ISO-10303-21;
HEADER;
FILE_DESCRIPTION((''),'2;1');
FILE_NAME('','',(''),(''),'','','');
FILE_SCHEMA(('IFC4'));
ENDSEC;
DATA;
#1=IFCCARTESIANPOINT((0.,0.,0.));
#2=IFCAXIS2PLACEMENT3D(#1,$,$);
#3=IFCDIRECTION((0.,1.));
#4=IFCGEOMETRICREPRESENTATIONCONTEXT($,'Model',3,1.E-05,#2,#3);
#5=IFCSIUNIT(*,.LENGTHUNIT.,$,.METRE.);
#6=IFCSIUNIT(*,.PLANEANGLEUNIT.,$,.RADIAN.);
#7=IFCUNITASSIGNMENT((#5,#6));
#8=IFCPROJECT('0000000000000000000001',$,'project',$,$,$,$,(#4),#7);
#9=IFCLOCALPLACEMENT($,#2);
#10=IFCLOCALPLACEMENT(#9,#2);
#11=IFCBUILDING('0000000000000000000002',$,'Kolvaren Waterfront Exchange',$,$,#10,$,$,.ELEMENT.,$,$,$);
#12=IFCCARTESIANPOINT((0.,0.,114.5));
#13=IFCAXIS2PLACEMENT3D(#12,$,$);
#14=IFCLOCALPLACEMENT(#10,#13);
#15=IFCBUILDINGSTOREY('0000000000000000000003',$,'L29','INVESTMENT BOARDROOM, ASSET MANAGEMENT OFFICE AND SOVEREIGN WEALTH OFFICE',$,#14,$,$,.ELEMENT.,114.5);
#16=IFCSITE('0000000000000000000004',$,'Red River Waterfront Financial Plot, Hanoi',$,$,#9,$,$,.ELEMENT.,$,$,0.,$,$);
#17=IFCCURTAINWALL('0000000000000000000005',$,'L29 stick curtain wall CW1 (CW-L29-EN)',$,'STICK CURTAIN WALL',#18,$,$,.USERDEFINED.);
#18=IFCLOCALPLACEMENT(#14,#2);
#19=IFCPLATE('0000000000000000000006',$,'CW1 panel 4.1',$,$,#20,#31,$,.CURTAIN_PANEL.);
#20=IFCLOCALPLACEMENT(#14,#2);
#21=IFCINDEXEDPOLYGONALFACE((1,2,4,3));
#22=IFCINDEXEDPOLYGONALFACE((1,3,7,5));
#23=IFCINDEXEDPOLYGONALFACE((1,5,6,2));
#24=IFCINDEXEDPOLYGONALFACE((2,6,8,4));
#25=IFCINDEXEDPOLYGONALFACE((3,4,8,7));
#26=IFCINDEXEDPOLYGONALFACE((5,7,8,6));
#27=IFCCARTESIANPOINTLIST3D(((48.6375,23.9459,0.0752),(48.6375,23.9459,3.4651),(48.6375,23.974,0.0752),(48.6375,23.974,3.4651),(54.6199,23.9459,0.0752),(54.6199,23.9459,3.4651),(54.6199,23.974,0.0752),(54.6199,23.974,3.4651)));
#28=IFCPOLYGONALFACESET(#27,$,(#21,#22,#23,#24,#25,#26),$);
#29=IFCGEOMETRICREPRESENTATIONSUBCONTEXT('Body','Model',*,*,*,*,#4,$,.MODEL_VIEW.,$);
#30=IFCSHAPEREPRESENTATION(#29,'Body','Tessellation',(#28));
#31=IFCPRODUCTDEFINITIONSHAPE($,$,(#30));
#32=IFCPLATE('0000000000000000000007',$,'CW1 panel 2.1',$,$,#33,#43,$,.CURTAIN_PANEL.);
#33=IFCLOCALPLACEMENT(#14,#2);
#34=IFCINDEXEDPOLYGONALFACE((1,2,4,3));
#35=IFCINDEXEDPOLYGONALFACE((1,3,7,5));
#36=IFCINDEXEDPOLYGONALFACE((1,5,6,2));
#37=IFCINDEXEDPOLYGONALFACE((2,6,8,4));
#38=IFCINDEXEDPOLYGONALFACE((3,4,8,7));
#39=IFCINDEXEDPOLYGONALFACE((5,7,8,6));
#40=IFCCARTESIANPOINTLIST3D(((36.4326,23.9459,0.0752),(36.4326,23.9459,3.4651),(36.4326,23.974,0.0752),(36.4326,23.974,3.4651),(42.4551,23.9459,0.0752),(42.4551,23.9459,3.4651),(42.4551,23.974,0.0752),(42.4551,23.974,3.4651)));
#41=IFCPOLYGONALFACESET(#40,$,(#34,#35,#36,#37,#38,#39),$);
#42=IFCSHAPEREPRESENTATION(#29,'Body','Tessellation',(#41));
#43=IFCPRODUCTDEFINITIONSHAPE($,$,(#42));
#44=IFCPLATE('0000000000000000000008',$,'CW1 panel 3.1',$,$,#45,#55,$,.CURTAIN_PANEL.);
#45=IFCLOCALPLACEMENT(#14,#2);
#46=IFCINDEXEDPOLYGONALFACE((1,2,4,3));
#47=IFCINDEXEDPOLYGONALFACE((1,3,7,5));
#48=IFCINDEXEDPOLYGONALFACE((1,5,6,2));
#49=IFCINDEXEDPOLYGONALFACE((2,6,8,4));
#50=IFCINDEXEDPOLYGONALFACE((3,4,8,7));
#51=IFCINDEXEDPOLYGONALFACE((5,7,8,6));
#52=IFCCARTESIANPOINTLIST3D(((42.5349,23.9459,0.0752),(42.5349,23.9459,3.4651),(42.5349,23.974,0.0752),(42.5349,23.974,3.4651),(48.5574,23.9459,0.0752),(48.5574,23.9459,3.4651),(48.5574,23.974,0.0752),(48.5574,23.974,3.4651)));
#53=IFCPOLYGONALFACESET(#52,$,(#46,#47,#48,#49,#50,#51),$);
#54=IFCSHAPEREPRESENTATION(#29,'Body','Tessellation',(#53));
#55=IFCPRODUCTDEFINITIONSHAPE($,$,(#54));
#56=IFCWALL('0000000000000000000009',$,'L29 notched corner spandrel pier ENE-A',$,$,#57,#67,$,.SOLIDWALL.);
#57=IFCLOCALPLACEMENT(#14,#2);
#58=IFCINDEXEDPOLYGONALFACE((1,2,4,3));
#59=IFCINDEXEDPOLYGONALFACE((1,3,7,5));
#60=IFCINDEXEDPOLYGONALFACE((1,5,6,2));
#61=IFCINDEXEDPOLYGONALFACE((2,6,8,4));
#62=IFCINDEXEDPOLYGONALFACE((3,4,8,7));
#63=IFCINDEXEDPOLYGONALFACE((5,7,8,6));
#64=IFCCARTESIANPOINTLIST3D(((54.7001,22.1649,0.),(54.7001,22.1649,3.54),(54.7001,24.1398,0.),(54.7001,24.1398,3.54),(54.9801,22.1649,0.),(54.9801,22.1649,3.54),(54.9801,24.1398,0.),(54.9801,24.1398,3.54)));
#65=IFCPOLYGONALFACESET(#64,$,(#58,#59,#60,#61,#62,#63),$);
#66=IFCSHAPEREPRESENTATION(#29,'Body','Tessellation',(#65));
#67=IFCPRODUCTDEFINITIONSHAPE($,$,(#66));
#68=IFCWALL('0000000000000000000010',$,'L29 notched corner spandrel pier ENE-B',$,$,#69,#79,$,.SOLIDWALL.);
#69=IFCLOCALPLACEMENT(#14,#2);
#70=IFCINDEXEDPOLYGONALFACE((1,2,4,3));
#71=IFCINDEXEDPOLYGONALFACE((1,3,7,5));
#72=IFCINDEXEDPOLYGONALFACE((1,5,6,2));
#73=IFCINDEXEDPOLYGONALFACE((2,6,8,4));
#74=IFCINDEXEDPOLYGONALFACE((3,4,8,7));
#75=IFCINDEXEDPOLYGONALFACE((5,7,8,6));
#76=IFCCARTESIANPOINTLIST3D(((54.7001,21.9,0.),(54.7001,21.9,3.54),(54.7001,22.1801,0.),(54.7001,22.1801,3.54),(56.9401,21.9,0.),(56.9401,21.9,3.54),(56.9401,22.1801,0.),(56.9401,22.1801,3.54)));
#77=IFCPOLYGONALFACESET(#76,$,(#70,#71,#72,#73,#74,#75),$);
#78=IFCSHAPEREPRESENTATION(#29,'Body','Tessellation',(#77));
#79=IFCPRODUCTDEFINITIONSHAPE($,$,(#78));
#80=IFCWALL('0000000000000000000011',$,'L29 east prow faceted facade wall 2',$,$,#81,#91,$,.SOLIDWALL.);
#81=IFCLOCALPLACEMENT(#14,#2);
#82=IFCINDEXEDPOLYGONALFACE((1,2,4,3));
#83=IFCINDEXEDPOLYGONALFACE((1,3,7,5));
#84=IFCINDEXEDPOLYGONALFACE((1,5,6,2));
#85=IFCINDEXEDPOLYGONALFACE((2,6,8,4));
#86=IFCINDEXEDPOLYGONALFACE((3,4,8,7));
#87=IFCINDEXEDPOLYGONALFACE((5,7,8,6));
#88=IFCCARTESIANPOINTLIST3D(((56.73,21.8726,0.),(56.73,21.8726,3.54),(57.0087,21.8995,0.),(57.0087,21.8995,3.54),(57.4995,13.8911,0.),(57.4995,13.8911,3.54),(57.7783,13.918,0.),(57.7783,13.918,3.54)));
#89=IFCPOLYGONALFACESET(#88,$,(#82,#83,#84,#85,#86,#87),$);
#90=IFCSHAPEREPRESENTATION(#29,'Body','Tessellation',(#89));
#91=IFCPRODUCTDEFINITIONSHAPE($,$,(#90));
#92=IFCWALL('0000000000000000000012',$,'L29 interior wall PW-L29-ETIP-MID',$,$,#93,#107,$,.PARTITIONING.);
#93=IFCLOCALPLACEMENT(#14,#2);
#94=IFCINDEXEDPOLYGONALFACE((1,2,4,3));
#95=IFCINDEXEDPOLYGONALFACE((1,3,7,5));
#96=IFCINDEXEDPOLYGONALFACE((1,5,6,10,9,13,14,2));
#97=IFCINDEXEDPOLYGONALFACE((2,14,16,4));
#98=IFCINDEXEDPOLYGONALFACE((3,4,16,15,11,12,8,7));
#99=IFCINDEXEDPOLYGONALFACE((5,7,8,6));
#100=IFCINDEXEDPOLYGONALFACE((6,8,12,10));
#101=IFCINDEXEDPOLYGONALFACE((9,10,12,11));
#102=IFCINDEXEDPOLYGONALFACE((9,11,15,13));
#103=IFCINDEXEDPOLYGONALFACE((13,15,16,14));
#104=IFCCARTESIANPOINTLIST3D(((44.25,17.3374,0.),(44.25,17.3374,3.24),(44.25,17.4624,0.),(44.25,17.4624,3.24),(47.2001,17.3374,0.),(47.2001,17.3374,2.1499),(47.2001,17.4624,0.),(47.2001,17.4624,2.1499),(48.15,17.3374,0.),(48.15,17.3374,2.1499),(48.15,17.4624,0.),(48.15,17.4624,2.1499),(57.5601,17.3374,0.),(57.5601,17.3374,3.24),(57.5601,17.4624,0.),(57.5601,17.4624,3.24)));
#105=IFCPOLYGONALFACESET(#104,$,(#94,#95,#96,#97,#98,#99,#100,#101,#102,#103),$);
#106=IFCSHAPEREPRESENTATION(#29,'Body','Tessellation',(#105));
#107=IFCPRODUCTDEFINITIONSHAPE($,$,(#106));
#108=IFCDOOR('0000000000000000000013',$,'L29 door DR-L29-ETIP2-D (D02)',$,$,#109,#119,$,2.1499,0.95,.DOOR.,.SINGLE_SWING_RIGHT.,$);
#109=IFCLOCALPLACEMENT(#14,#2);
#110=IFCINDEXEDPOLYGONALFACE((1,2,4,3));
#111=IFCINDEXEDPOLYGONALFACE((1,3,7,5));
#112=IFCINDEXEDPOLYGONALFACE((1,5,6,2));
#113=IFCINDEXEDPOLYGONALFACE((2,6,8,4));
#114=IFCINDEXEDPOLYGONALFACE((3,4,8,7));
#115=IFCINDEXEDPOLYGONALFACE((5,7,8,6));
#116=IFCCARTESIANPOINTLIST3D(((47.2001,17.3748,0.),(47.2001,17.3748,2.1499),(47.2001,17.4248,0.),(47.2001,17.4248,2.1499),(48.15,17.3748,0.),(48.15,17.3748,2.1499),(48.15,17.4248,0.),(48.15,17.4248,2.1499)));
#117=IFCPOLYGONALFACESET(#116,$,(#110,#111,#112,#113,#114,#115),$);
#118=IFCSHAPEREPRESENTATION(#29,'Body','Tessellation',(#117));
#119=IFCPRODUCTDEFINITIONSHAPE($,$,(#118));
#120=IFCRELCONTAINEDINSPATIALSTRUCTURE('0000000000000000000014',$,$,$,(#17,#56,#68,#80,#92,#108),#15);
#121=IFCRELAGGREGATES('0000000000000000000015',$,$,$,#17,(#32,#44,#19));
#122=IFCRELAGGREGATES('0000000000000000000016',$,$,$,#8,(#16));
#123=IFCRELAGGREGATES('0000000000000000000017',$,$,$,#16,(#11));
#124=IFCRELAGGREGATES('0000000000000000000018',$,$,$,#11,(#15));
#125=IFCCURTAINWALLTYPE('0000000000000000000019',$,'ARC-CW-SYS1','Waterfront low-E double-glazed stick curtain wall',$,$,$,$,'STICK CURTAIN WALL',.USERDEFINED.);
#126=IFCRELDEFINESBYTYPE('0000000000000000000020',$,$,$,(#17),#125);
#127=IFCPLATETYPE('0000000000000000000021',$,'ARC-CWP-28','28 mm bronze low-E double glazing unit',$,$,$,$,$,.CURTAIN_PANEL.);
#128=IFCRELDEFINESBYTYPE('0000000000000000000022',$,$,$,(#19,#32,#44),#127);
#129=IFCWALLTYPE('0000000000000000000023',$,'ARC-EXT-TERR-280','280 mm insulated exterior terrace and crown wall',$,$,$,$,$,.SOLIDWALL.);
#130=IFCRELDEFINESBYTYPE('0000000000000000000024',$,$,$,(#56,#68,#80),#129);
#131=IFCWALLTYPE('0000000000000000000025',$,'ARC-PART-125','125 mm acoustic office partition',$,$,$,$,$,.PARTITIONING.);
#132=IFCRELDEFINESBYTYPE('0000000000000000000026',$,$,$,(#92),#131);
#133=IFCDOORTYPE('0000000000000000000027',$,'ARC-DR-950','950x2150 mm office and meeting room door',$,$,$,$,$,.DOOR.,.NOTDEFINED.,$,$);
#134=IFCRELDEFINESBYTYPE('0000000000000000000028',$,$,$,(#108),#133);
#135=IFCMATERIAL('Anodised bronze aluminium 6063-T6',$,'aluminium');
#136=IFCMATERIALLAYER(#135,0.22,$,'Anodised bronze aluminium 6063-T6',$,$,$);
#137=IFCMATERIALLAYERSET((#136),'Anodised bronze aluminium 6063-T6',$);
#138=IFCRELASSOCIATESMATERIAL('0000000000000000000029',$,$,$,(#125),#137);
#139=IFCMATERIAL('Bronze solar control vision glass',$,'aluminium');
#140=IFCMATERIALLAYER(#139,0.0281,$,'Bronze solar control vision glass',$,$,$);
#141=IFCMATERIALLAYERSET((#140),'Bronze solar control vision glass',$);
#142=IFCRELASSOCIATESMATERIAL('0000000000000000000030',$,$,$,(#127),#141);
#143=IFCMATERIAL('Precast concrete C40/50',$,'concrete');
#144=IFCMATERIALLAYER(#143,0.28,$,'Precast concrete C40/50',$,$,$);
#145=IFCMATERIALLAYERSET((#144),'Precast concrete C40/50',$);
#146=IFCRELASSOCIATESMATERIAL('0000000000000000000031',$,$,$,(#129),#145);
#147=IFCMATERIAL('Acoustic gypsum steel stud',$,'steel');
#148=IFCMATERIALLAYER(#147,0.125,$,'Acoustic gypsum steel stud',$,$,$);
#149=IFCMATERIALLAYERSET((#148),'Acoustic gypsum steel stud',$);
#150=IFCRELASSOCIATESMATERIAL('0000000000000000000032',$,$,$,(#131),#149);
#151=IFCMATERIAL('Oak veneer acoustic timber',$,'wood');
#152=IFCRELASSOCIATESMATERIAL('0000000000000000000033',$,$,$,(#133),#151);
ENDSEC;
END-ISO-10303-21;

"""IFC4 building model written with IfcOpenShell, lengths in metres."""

from ifc_helpers import new_model, si_unit, direction, frame, frame_2d, origin, origin_with_axes, origin_2d, place, context, subcontext, project, spatial, rectangle, extrude, source, transform, mapped, material, layer, layer_set, type_object, element, fill, aggregate, save


model = new_model("IFC4")

# Units and contexts
model_context = context("Model", 3, precision=1e-05, world=origin(), true_north=direction((0.0, 1.0)))
body_context = subcontext(model_context, "Body", "Model", "MODEL_VIEW")
ifc_project = project(units=[si_unit("LENGTHUNIT", "METRE"), si_unit("PLANEANGLEUNIT", "RADIAN")], contexts=[model_context])

# Site, building, storey
site_placement = place(None, origin())
site = spatial("IfcSite", under=ifc_project, at=site_placement, Name="Red River Waterfront Financial Plot, Hanoi", CompositionType="ELEMENT", RefElevation=0.0)
building_placement = place(site_placement, origin())
building = spatial("IfcBuilding", under=site, at=building_placement, Name="Kolvaren Waterfront Exchange", CompositionType="ELEMENT")
storey_placement = place(building_placement, frame((0.0, 0.0, 114.5)))
storey = spatial("IfcBuildingStorey", under=building, at=storey_placement, Name="L29", Description="INVESTMENT BOARDROOM, ASSET MANAGEMENT OFFICE AND SOVEREIGN WEALTH OFFICE", CompositionType="ELEMENT", Elevation=114.5)

# Curtain wall, plates
ifc_material_1 = material(Name="Anodised bronze aluminium 6063-T6", Category="aluminium")
ifc_layer_1 = layer(ifc_material_1, 0.22, Name="Anodised bronze aluminium 6063-T6")
ifc_layer_set_1 = layer_set([ifc_layer_1], Name="Anodised bronze aluminium 6063-T6")
curtain_wall_type = type_object("IfcCurtainWallType", Name="ARC-CW-SYS1", Description="Waterfront low-E double-glazed stick curtain wall", ElementType="STICK CURTAIN WALL", PredefinedType="USERDEFINED", material=ifc_layer_set_1)
curtain_wall_placement = place(storey_placement, origin())
curtain_wall = element("IfcCurtainWall", 1, at=curtain_wall_placement, inside=storey, type_object=curtain_wall_type, Name="L29 stick curtain wall CW1 (CW-L29-EN)", ObjectType="STICK CURTAIN WALL", PredefinedType="USERDEFINED")
ifc_material_2 = material(Name="Bronze solar control vision glass", Category="aluminium")
ifc_layer_2 = layer(ifc_material_2, 0.0281, Name="Bronze solar control vision glass")
ifc_layer_set_2 = layer_set([ifc_layer_2], Name="Bronze solar control vision glass")
plate_type = type_object("IfcPlateType", Name="ARC-CWP-28", Description="28 mm bronze low-E double glazing unit", PredefinedType="CURTAIN_PANEL", material=ifc_layer_set_2)
shared_shape_1 = source(origin_with_axes(), body_context, "Body", "SweptSolid", [
    extrude(rectangle(XDim=5.9824, YDim=0.0281, at=origin_2d()), origin(), (0.0, 0.0, 1.0), 3.3899),
])
plate_1_placement = place(storey_placement, frame((51.6287, 23.96, 0.0752), z_axis=(0.0, 0.0, 1.0), x_axis=(1.0, 0.0, 0.0)))
plate_1 = element("IfcPlate", 2, at=plate_1_placement, type_object=plate_type, Name="CW1 panel 4.1", PredefinedType="CURTAIN_PANEL", context=body_context, shape_type="MappedRepresentation", body=[
    mapped(shared_shape_1, transform((0.0, 0.0, 0.0), x_axis=(1.0, 0.0, 0.0), y_axis=(0.0, 1.0, 0.0), z_axis=(0.0, 0.0, 1.0), scale=1.0)),
])
shared_shape_2 = source(origin_with_axes(), body_context, "Body", "SweptSolid", [
    extrude(rectangle(XDim=6.0225, YDim=0.0281, at=origin_2d()), origin(), (0.0, 0.0, 1.0), 3.3899),
])
plate_2_placement = place(storey_placement, frame((39.4438, 23.96, 0.0752), z_axis=(0.0, 0.0, 1.0), x_axis=(1.0, 0.0, 0.0)))
plate_2 = element("IfcPlate", 3, at=plate_2_placement, type_object=plate_type, Name="CW1 panel 2.1", PredefinedType="CURTAIN_PANEL", context=body_context, shape_type="MappedRepresentation", body=[
    mapped(shared_shape_2, transform((0.0, 0.0, 0.0), x_axis=(1.0, 0.0, 0.0), y_axis=(0.0, 1.0, 0.0), z_axis=(0.0, 0.0, 1.0), scale=1.0)),
])
plate_3_placement = place(storey_placement, frame((45.5461, 23.96, 0.0752), z_axis=(0.0, 0.0, 1.0), x_axis=(1.0, 0.0, 0.0)))
plate_3 = element("IfcPlate", 4, at=plate_3_placement, type_object=plate_type, Name="CW1 panel 3.1", PredefinedType="CURTAIN_PANEL", context=body_context, shape_type="MappedRepresentation", body=[
    mapped(shared_shape_2, transform((0.0, 0.0, 0.0), x_axis=(1.0, 0.0, 0.0), y_axis=(0.0, 1.0, 0.0), z_axis=(0.0, 0.0, 1.0), scale=1.0)),
])
aggregate(curtain_wall, [plate_2, plate_3, plate_1])

# Walls
ifc_material_3 = material(Name="Precast concrete C40/50", Category="concrete")
ifc_layer_3 = layer(ifc_material_3, 0.28, Name="Precast concrete C40/50")
ifc_layer_set_3 = layer_set([ifc_layer_3], Name="Precast concrete C40/50")
wall_type_1 = type_object("IfcWallType", Name="ARC-EXT-TERR-280", Description="280 mm insulated exterior terrace and crown wall", PredefinedType="SOLIDWALL", material=ifc_layer_set_3)
wall_1_placement = place(storey_placement, frame((54.8401, 22.165, 0.0), z_axis=(0.0, 0.0, 1.0), x_axis=(0.0, 1.0, 0.0)))
element("IfcWall", 5, at=wall_1_placement, inside=storey, type_object=wall_type_1, Name="L29 notched corner spandrel pier ENE-A", PredefinedType="SOLIDWALL", context=body_context, shape_type="SweptSolid", body=[
    extrude(rectangle(XDim=1.9749, YDim=0.28, at=frame_2d((0.9873, 0.0))), origin(), (0.0, 0.0, 1.0), 3.54),
])
wall_2_placement = place(storey_placement, frame((54.7, 22.04, 0.0), z_axis=(0.0, 0.0, 1.0), x_axis=(1.0, 0.0, 0.0)))
element("IfcWall", 6, at=wall_2_placement, inside=storey, type_object=wall_type_1, Name="L29 notched corner spandrel pier ENE-B", PredefinedType="SOLIDWALL", context=body_context, shape_type="SweptSolid", body=[
    extrude(rectangle(XDim=2.24, YDim=0.28, at=frame_2d((1.1201, 0.0))), origin(), (0.0, 0.0, 1.0), 3.54),
])
wall_3_placement = place(storey_placement, frame((57.6389, 13.9045, 0.0), z_axis=(0.0, 0.0, 1.0), x_axis=(-0.09597, 0.995384, 0.0)))
element("IfcWall", 7, at=wall_3_placement, inside=storey, type_object=wall_type_1, Name="L29 east prow faceted facade wall 2", PredefinedType="SOLIDWALL", context=body_context, shape_type="SweptSolid", body=[
    extrude(rectangle(XDim=8.0186, YDim=0.28, at=frame_2d((4.0093, 0.0))), origin(), (0.0, 0.0, 1.0), 3.54),
])

# Wall, opening, door
ifc_material_4 = material(Name="Acoustic gypsum steel stud", Category="steel")
ifc_layer_4 = layer(ifc_material_4, 0.125, Name="Acoustic gypsum steel stud")
ifc_layer_set_4 = layer_set([ifc_layer_4], Name="Acoustic gypsum steel stud")
wall_type_2 = type_object("IfcWallType", Name="ARC-PART-125", Description="125 mm acoustic office partition", PredefinedType="PARTITIONING", material=ifc_layer_set_4)
wall_4_placement = place(storey_placement, frame((44.25, 17.3999, 0.0), z_axis=(0.0, 0.0, 1.0), x_axis=(1.0, 0.0, 0.0)))
wall_4 = element("IfcWall", 8, at=wall_4_placement, inside=storey, type_object=wall_type_2, Name="L29 interior wall PW-L29-ETIP-MID", PredefinedType="PARTITIONING", context=body_context, shape_type="SweptSolid", body=[
    extrude(rectangle(XDim=13.3101, YDim=0.125, at=frame_2d((6.655, 0.0))), origin(), (0.0, 0.0, 1.0), 3.24),
])
opening_placement = place(wall_4_placement, frame((2.95, 0.0, 0.0)))
opening = element("IfcOpeningElement", 9, at=opening_placement, cuts=wall_4, PredefinedType="OPENING", context=body_context, shape_type="SweptSolid", body=[
    extrude(rectangle(XDim=0.95, YDim=2.1499, at=frame_2d((0.4751, 1.075))), frame((0.0, 0.0725, 0.0), z_axis=(0.0, -1.0, 0.0), x_axis=(1.0, 0.0, 0.0)), (0.0, 0.0, 1.0), 0.145),
])
ifc_material_5 = material(Name="Oak veneer acoustic timber", Category="wood")
door_type = type_object("IfcDoorType", Name="ARC-DR-950", Description="950x2150 mm office and meeting room door", OperationType="NOTDEFINED", PredefinedType="DOOR", material=ifc_material_5)
door_placement = place(opening_placement, origin())
door = element("IfcDoor", 10, at=door_placement, inside=storey, type_object=door_type, Name="L29 door DR-L29-ETIP2-D (D02)", OperationType="SINGLE_SWING_RIGHT", OverallHeight=2.1499, OverallWidth=0.95, PredefinedType="DOOR", context=body_context, shape_type="SweptSolid", body=[
    extrude(rectangle(XDim=0.95, YDim=2.1499, at=frame_2d((0.4751, 1.075))), frame((0.0, 0.0249, 0.0), z_axis=(0.0, -1.0, 0.0), x_axis=(1.0, 0.0, 0.0)), (0.0, 0.0, 1.0), 0.05),
])
fill(opening, door)

save(model, "model.ifc")
